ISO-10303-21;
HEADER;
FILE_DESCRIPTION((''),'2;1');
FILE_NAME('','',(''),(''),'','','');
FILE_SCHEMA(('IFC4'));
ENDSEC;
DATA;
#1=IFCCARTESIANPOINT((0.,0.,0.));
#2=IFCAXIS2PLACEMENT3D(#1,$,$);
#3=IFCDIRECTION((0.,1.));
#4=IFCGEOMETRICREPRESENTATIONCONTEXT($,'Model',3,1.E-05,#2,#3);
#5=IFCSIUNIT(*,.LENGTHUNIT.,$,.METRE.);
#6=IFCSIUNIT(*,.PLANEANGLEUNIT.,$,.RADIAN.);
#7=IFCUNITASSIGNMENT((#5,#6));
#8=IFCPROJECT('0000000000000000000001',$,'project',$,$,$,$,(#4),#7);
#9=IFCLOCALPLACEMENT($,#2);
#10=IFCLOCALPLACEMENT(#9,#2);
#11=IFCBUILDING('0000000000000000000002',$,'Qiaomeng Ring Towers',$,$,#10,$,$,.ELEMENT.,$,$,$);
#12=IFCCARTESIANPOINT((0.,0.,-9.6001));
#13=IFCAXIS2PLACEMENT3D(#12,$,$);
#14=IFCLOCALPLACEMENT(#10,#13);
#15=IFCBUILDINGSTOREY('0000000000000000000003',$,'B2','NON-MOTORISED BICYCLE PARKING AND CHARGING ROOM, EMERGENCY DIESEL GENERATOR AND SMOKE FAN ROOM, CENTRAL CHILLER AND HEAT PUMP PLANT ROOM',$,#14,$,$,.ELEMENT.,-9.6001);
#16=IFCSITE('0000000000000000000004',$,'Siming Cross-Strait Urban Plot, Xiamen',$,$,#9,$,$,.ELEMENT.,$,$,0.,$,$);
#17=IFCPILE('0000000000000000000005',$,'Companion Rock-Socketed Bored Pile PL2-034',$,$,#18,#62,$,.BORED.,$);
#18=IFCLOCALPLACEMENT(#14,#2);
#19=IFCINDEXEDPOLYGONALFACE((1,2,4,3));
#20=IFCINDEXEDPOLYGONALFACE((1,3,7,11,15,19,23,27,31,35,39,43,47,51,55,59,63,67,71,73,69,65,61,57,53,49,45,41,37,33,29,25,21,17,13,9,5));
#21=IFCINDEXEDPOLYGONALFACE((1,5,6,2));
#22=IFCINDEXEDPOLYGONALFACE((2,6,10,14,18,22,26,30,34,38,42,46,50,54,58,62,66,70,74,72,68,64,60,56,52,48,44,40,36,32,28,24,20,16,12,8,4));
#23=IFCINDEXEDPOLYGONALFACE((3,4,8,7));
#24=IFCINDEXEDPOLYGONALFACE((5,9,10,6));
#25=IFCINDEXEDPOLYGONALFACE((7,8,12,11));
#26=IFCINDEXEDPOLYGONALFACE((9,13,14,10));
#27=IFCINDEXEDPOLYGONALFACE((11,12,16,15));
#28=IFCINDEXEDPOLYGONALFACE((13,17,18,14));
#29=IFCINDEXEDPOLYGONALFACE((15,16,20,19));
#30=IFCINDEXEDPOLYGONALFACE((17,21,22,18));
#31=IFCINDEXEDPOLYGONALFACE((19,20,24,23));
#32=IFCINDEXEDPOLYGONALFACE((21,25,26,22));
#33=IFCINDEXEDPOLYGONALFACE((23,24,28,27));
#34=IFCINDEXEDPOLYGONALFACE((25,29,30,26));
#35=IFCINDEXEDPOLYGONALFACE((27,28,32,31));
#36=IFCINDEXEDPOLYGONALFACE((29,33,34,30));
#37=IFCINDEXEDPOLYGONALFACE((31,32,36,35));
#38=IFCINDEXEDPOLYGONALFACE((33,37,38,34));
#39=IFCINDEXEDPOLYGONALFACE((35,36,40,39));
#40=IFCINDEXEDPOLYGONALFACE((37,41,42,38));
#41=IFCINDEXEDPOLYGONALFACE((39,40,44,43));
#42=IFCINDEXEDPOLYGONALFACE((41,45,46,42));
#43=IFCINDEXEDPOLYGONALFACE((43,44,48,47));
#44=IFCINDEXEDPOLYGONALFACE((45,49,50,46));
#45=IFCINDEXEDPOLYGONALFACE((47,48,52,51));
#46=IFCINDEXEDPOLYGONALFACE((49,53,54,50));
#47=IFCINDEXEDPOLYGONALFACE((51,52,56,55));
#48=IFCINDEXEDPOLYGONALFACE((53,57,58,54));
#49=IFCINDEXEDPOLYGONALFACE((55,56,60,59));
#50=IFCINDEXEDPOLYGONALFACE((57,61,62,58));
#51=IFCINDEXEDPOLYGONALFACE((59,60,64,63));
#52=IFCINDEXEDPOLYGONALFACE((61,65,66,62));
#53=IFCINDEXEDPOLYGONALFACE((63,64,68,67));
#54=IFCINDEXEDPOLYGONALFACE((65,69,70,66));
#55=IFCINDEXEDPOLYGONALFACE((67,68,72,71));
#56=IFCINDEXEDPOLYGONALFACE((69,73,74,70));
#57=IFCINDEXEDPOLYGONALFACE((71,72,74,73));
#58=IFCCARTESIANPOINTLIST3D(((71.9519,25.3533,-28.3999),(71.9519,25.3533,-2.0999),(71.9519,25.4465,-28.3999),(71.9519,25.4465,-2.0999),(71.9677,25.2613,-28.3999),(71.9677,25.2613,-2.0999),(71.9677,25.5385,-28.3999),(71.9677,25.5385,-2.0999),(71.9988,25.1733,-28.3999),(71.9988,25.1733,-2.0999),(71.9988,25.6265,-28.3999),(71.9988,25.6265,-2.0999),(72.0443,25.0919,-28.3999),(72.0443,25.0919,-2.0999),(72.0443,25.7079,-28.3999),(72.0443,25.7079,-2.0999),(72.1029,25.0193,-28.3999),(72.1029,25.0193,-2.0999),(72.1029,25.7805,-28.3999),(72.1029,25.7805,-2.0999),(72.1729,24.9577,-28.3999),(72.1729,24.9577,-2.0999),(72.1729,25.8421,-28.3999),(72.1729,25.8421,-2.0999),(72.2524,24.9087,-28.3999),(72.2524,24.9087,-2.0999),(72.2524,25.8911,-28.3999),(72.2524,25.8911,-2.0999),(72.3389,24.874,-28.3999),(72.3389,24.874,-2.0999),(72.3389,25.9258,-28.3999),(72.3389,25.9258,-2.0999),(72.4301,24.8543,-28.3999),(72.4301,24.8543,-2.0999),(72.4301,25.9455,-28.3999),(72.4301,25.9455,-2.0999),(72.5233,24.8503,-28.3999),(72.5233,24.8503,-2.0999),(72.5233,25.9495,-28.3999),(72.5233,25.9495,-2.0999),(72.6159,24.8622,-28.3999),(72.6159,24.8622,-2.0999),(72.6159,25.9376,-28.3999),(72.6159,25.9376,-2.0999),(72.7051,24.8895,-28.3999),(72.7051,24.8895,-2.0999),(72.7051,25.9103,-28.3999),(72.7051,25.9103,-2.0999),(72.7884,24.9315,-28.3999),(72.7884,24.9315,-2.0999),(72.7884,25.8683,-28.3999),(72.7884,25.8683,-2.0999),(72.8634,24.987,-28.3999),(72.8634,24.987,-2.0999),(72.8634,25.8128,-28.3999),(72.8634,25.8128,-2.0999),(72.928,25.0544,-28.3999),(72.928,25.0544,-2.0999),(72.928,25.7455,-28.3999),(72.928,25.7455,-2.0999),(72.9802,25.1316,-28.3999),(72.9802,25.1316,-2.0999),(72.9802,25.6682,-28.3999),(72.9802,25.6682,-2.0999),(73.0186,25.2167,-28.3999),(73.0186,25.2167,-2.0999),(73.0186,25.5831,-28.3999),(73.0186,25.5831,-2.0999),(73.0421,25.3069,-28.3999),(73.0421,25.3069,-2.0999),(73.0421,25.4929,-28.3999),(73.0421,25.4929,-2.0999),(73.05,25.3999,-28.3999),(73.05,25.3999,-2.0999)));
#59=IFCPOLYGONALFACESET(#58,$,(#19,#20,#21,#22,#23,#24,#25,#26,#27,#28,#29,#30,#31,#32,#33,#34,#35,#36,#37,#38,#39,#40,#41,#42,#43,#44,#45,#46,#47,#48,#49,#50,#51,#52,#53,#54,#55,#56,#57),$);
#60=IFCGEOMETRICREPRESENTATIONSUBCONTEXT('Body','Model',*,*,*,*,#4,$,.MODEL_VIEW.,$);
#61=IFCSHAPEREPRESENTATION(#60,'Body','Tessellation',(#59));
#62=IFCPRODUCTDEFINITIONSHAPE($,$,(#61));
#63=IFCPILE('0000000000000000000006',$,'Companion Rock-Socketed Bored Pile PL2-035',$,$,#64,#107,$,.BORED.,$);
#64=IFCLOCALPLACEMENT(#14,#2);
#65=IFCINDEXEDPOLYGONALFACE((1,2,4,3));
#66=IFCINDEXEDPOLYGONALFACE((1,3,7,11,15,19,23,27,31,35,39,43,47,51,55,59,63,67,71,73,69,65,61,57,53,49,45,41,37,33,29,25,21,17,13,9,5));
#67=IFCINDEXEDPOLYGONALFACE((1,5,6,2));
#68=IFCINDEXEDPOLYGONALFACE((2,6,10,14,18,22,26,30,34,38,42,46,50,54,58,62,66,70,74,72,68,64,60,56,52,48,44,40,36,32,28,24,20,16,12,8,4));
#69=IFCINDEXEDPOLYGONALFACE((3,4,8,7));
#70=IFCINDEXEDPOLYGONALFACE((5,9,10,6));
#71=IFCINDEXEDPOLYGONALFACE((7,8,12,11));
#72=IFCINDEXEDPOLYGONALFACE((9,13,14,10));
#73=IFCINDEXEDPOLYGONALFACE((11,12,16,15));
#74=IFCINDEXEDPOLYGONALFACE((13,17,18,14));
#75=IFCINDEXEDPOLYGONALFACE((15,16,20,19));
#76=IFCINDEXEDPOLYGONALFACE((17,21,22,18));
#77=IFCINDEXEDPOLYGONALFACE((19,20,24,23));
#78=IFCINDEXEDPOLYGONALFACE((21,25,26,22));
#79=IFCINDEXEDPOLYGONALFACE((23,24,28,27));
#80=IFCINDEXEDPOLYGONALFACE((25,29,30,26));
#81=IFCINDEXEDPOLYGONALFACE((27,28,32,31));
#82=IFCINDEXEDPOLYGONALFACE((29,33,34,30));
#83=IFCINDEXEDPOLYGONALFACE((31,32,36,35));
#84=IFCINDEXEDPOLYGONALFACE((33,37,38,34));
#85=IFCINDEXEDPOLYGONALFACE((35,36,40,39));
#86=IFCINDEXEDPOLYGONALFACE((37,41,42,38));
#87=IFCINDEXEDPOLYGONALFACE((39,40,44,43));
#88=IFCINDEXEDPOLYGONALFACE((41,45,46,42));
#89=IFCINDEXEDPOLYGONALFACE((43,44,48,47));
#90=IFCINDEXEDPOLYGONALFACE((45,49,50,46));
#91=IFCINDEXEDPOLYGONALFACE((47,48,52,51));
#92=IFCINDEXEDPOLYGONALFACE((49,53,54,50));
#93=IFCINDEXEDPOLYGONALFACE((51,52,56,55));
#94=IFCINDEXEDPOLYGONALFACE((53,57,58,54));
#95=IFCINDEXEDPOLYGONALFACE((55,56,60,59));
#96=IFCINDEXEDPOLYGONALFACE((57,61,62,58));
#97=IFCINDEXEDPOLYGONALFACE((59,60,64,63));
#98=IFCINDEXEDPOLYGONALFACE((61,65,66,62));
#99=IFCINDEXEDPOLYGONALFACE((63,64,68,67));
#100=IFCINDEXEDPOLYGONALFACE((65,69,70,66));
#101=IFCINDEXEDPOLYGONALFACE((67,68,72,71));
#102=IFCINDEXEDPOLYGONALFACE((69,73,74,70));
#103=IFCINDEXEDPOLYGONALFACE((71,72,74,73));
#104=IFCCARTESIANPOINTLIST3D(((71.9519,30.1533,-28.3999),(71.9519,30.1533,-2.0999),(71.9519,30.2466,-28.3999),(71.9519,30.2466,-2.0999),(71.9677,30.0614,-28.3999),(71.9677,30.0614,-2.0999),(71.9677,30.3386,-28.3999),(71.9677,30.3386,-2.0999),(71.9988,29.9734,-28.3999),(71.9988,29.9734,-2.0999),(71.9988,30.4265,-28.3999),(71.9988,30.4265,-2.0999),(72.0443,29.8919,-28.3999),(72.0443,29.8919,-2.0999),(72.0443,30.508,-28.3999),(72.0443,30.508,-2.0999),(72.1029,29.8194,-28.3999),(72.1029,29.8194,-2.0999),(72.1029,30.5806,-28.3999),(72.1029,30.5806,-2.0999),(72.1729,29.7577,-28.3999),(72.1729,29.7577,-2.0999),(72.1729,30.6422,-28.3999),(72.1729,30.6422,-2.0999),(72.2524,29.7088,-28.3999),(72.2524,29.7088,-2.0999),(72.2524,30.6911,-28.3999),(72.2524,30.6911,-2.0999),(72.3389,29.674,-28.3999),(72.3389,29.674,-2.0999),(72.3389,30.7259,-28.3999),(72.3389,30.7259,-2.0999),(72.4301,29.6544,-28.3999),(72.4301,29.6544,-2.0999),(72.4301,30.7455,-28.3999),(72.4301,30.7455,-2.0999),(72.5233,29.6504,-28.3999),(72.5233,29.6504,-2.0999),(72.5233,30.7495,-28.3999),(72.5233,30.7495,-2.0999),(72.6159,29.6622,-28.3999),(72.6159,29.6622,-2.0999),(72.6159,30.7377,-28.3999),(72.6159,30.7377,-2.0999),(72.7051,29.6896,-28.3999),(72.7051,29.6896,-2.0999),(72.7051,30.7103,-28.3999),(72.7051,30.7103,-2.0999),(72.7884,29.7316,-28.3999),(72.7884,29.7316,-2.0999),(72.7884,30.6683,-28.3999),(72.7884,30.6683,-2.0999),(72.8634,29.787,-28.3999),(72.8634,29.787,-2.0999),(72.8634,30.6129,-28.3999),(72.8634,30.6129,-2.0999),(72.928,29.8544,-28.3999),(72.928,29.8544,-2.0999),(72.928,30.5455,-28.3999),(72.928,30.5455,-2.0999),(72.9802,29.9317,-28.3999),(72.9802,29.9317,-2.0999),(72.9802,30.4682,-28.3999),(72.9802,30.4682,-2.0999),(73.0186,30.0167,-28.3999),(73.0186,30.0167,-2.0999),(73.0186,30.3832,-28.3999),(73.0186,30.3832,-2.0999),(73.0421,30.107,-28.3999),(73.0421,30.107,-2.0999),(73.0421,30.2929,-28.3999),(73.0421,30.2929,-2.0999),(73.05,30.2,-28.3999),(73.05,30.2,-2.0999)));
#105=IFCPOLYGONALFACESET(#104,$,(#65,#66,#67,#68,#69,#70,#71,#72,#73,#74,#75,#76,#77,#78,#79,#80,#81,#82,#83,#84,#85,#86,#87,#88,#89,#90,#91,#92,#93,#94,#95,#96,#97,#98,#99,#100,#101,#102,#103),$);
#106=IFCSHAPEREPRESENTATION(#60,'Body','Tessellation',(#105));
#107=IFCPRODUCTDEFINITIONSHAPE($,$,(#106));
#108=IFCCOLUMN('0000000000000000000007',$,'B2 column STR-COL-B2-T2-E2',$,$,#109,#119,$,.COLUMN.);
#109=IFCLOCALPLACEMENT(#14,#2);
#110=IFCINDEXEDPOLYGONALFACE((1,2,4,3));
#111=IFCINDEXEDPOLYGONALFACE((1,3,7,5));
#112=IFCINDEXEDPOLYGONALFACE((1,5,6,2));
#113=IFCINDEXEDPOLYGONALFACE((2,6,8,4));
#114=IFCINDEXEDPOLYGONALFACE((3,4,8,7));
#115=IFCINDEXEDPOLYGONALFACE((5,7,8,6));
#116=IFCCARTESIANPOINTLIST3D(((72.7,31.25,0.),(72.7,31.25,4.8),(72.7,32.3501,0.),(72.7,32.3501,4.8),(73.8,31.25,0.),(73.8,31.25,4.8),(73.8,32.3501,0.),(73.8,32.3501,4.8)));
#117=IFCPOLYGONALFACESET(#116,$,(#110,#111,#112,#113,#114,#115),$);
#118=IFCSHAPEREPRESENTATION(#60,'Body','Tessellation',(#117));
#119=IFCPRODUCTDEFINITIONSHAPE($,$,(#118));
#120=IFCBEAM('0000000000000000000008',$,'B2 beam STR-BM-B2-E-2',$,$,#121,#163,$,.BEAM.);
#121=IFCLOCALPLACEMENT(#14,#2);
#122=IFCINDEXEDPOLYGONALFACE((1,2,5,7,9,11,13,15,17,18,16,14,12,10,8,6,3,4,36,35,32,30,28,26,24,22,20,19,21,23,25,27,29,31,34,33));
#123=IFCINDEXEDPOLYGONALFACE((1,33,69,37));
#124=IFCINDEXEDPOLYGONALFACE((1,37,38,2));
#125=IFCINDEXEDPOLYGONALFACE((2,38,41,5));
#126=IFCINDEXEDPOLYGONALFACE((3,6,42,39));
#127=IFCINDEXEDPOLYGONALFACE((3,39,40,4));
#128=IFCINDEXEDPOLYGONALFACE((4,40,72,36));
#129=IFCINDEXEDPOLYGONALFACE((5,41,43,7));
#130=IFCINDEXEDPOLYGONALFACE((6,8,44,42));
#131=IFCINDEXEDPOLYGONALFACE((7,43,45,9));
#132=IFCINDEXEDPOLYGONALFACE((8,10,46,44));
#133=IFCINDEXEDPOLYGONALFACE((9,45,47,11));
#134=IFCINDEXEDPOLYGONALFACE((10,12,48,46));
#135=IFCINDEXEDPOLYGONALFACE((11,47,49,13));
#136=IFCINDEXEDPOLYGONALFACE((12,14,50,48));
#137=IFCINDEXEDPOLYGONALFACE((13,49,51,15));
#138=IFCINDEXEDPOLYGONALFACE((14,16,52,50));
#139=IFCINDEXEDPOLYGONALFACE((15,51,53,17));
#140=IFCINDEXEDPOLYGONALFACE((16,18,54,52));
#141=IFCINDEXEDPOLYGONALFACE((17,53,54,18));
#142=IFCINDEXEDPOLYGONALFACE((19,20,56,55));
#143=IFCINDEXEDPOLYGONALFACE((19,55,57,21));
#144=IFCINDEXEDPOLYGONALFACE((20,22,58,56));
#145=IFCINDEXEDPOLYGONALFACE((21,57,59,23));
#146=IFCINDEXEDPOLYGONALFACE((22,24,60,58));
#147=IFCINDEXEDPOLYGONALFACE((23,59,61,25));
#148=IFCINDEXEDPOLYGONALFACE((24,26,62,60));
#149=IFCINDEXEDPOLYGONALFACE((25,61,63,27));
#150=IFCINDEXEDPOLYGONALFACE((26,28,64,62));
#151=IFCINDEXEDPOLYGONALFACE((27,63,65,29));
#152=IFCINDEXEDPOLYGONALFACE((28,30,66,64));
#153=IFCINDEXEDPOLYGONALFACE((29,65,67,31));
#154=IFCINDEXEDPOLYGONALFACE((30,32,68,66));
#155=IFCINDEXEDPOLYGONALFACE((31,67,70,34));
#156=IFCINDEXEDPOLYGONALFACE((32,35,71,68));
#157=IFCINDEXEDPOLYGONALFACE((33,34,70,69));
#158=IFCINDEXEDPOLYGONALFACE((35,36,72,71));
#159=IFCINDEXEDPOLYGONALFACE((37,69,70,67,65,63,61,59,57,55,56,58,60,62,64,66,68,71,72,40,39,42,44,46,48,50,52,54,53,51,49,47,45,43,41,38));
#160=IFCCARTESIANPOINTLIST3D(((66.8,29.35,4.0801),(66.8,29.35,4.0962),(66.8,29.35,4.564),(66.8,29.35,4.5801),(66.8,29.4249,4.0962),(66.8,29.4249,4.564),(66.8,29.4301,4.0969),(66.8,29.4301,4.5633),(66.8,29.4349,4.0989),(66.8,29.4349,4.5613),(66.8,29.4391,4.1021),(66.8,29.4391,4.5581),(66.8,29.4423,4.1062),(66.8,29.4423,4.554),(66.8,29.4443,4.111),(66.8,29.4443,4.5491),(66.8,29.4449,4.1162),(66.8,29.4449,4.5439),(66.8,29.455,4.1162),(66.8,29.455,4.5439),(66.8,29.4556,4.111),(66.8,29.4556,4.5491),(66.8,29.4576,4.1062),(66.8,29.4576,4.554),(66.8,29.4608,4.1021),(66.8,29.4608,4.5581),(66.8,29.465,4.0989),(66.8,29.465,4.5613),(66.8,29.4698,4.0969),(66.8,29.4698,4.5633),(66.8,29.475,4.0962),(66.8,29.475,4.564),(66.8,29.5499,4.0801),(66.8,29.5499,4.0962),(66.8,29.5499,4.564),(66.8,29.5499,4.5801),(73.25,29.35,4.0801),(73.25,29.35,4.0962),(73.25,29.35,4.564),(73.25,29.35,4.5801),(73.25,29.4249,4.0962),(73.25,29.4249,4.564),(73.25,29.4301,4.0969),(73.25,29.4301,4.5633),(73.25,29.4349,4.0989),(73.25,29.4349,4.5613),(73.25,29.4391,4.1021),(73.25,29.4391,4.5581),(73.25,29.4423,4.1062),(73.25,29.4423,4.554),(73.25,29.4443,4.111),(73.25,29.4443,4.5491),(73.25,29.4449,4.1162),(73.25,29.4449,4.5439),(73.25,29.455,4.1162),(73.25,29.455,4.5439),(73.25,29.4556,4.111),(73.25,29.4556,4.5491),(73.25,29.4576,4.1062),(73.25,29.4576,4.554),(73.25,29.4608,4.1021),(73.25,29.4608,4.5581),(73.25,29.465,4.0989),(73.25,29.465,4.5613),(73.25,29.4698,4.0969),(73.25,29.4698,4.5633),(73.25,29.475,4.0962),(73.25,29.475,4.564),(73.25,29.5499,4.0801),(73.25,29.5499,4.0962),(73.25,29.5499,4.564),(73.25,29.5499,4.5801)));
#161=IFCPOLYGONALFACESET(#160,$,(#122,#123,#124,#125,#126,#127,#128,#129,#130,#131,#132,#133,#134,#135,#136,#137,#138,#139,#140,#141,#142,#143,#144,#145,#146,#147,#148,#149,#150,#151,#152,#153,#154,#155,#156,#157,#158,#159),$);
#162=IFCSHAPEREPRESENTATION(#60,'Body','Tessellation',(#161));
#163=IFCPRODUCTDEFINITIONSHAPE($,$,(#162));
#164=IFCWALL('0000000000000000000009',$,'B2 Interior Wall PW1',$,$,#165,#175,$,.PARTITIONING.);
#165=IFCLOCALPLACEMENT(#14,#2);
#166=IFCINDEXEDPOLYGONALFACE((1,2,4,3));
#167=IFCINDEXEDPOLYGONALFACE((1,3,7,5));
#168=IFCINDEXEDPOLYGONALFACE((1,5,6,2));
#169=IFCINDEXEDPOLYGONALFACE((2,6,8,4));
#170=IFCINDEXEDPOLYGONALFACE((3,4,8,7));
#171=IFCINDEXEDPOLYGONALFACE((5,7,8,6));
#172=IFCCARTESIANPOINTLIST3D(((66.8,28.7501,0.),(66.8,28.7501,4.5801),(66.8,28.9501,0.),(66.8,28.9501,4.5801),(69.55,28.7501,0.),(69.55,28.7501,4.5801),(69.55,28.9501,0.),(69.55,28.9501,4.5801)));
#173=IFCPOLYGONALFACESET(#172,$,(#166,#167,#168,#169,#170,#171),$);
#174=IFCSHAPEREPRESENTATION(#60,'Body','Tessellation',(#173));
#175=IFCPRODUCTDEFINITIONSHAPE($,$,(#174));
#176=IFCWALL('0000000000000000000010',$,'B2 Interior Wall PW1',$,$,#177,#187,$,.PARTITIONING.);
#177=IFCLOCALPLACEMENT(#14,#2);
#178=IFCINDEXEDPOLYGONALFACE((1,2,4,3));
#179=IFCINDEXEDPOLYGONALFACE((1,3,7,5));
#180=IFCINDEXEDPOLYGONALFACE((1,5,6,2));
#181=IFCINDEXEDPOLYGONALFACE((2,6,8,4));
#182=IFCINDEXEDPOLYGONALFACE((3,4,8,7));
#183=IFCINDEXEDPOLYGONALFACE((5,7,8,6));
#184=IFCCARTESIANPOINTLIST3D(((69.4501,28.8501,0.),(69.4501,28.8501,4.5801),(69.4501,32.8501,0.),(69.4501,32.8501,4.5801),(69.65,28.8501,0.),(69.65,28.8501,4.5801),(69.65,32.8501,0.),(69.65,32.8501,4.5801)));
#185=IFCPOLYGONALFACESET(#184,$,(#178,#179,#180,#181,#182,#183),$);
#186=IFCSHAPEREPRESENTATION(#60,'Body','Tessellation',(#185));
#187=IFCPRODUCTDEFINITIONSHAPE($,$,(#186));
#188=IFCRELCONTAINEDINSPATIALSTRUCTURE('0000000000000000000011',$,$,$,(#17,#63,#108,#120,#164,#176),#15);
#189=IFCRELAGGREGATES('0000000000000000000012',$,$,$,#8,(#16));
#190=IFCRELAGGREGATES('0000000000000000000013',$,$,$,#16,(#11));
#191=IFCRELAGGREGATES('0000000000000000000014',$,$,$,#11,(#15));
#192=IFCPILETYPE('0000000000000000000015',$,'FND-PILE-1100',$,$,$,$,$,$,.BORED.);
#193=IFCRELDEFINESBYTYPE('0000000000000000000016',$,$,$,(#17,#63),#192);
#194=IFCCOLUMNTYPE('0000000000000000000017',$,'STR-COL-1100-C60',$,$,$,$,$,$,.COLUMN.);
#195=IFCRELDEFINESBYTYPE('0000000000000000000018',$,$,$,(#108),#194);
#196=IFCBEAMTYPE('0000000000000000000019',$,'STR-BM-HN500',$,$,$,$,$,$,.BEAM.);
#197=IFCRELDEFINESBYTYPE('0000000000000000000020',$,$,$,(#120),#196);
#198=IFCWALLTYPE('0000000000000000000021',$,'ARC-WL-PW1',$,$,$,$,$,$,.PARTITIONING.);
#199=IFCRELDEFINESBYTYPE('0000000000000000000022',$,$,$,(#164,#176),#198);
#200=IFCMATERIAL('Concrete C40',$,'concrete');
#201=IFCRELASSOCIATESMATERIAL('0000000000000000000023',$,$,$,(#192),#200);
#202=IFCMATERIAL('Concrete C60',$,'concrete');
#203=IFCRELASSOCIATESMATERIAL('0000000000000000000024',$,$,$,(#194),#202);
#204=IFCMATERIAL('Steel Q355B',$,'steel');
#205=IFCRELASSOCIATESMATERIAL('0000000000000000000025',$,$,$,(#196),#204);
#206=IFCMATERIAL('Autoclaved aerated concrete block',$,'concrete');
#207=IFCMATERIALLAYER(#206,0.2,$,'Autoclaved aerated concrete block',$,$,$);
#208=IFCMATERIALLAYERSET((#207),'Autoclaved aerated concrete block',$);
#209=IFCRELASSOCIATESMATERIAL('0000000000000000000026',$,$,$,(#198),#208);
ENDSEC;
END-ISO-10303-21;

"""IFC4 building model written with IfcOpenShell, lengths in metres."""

from ifc_helpers import new_model, si_unit, direction, frame, frame_2d, origin, origin_2d, place, context, subcontext, project, spatial, rectangle, circle, i_section, extrude, source, transform, mapped, material, layer, layer_set, material_profile, profile_set, type_object, element, save


model = new_model("IFC4")

# Units and contexts
model_context = context("Model", 3, precision=1e-05, world=origin(), true_north=direction((0.0, 1.0)))
body_context = subcontext(model_context, "Body", "Model", "MODEL_VIEW")
ifc_project = project(units=[si_unit("LENGTHUNIT", "METRE"), si_unit("PLANEANGLEUNIT", "RADIAN")], contexts=[model_context])

# Site, building, storey
site_placement = place(None, origin())
site = spatial("IfcSite", under=ifc_project, at=site_placement, Name="Siming Cross-Strait Urban Plot, Xiamen", CompositionType="ELEMENT", RefElevation=0.0)
building_placement = place(site_placement, origin())
building = spatial("IfcBuilding", under=site, at=building_placement, Name="Qiaomeng Ring Towers", CompositionType="ELEMENT")
storey_placement = place(building_placement, frame((0.0, 0.0, -9.6001)))
storey = spatial("IfcBuildingStorey", under=building, at=storey_placement, Name="B2", Description="NON-MOTORISED BICYCLE PARKING AND CHARGING ROOM, EMERGENCY DIESEL GENERATOR AND SMOKE FAN ROOM, CENTRAL CHILLER AND HEAT PUMP PLANT ROOM", CompositionType="ELEMENT", Elevation=-9.6001)

# Piles
ifc_material_1 = material(Name="Concrete C40", Category="concrete")
ifc_material_profile_1 = material_profile(ifc_material_1, circle(Radius=0.55, at=origin_2d()), Name="BORED PILE 1100")
ifc_profile_set_1 = profile_set([ifc_material_profile_1], Name="Concrete C40")
pile_type = type_object("IfcPileType", Name="FND-PILE-1100", PredefinedType="BORED", material=ifc_profile_set_1)
shared_shape_1 = source(origin(), body_context, "Body", "SweptSolid", [
    extrude(circle(Radius=0.55, at=origin_2d()), origin(), (0.0, 0.0, 1.0), 26.3),
])
for number, where, z_axis, x_axis, name in (
    (1, (72.5, 25.3999, -2.0999), (0.0, 0.0, -1.0), (1.0, 0.0, 0.0), "Companion Rock-Socketed Bored Pile PL2-034"),
    (2, (72.5, 30.2, -2.0999), (0.0, 0.0, -1.0), (1.0, 0.0, 0.0), "Companion Rock-Socketed Bored Pile PL2-035"),
):
    element("IfcPile", number, at=place(storey_placement, frame(where, z_axis=z_axis, x_axis=x_axis)), inside=storey, type_object=pile_type, Name=name, PredefinedType="BORED", context=body_context, shape_type="MappedRepresentation", body=[
        mapped(shared_shape_1, transform((0.0, 0.0, 0.0), x_axis=(1.0, 0.0, 0.0), y_axis=(0.0, 1.0, 0.0), z_axis=(0.0, 0.0, 1.0), scale=1.0)),
    ])

# Column
ifc_material_2 = material(Name="Concrete C60", Category="concrete")
ifc_material_profile_2 = material_profile(ifc_material_2, rectangle(XDim=1.1001, YDim=1.1001, at=origin_2d()), Name="RC COL 1100x1100")
ifc_profile_set_2 = profile_set([ifc_material_profile_2], Name="Concrete C60")
column_type = type_object("IfcColumnType", Name="STR-COL-1100-C60", PredefinedType="COLUMN", material=ifc_profile_set_2)
shared_shape_2 = source(origin(), body_context, "Body", "SweptSolid", [
    extrude(rectangle(XDim=1.1001, YDim=1.1001, at=origin_2d()), origin(), (0.0, 0.0, 1.0), 4.8),
])
column_placement = place(storey_placement, frame((73.25, 31.8, 0.0), z_axis=(0.0, 0.0, 1.0), x_axis=(1.0, 0.0, 0.0)))
element("IfcColumn", 3, at=column_placement, inside=storey, type_object=column_type, Name="B2 column STR-COL-B2-T2-E2", PredefinedType="COLUMN", context=body_context, shape_type="MappedRepresentation", body=[
    mapped(shared_shape_2, transform((0.0, 0.0, 0.0), x_axis=(1.0, 0.0, 0.0), y_axis=(0.0, 1.0, 0.0), z_axis=(0.0, 0.0, 1.0), scale=1.0)),
])

# Beam
ifc_material_3 = material(Name="Steel Q355B", Category="steel")
ifc_material_profile_3 = material_profile(ifc_material_3, i_section(OverallWidth=0.2, OverallDepth=0.5, WebThickness=0.01, FlangeThickness=0.0161, FilletRadius=0.02, at=origin_2d()), Name="HN 500x200x10x16")
ifc_profile_set_3 = profile_set([ifc_material_profile_3], Name="Steel Q355B")
beam_type = type_object("IfcBeamType", Name="STR-BM-HN500", PredefinedType="BEAM", material=ifc_profile_set_3)
shared_shape_3 = source(origin(), body_context, "Body", "SweptSolid", [
    extrude(i_section(OverallWidth=0.2, OverallDepth=0.5, WebThickness=0.01, FlangeThickness=0.0161, FilletRadius=0.02, at=origin_2d()), origin(), (0.0, 0.0, 1.0), 6.45),
])
beam_placement = place(storey_placement, frame((66.8, 29.45, 4.3301), z_axis=(1.0, 0.0, 0.0), x_axis=(0.0, 1.0, 0.0)))
element("IfcBeam", 4, at=beam_placement, inside=storey, type_object=beam_type, Name="B2 beam STR-BM-B2-E-2", PredefinedType="BEAM", context=body_context, shape_type="MappedRepresentation", body=[
    mapped(shared_shape_3, transform((0.0, 0.0, 0.0), x_axis=(1.0, 0.0, 0.0), y_axis=(0.0, 1.0, 0.0), z_axis=(0.0, 0.0, 1.0), scale=1.0)),
])

# Walls
ifc_material_4 = material(Name="Autoclaved aerated concrete block", Category="concrete")
ifc_layer_1 = layer(ifc_material_4, 0.2, Name="Autoclaved aerated concrete block")
ifc_layer_set_1 = layer_set([ifc_layer_1], Name="Autoclaved aerated concrete block")
wall_type_1 = type_object("IfcWallType", Name="ARC-WL-PW1", PredefinedType="PARTITIONING", material=ifc_layer_set_1)
wall_1_placement = place(storey_placement, frame((66.8, 28.8501, 0.0), z_axis=(0.0, 0.0, 1.0), x_axis=(1.0, 0.0, 0.0)))
element("IfcWall", 5, at=wall_1_placement, inside=storey, type_object=wall_type_1, Name="B2 Interior Wall PW1", PredefinedType="PARTITIONING", context=body_context, shape_type="SweptSolid", body=[
    extrude(rectangle(XDim=2.75, YDim=0.2, at=frame_2d((1.375, 0.0))), origin(), (0.0, 0.0, 1.0), 4.5801),
])
wall_2_placement = place(storey_placement, frame((69.55, 28.8501, 0.0), z_axis=(0.0, 0.0, 1.0), x_axis=(0.0, 1.0, 0.0)))
element("IfcWall", 6, at=wall_2_placement, inside=storey, type_object=wall_type_1, Name="B2 Interior Wall PW1", PredefinedType="PARTITIONING", context=body_context, shape_type="SweptSolid", body=[
    extrude(rectangle(XDim=4.0, YDim=0.2, at=frame_2d((2.0, 0.0))), origin(), (0.0, 0.0, 1.0), 4.5801),
])

save(model, "model.ifc")
